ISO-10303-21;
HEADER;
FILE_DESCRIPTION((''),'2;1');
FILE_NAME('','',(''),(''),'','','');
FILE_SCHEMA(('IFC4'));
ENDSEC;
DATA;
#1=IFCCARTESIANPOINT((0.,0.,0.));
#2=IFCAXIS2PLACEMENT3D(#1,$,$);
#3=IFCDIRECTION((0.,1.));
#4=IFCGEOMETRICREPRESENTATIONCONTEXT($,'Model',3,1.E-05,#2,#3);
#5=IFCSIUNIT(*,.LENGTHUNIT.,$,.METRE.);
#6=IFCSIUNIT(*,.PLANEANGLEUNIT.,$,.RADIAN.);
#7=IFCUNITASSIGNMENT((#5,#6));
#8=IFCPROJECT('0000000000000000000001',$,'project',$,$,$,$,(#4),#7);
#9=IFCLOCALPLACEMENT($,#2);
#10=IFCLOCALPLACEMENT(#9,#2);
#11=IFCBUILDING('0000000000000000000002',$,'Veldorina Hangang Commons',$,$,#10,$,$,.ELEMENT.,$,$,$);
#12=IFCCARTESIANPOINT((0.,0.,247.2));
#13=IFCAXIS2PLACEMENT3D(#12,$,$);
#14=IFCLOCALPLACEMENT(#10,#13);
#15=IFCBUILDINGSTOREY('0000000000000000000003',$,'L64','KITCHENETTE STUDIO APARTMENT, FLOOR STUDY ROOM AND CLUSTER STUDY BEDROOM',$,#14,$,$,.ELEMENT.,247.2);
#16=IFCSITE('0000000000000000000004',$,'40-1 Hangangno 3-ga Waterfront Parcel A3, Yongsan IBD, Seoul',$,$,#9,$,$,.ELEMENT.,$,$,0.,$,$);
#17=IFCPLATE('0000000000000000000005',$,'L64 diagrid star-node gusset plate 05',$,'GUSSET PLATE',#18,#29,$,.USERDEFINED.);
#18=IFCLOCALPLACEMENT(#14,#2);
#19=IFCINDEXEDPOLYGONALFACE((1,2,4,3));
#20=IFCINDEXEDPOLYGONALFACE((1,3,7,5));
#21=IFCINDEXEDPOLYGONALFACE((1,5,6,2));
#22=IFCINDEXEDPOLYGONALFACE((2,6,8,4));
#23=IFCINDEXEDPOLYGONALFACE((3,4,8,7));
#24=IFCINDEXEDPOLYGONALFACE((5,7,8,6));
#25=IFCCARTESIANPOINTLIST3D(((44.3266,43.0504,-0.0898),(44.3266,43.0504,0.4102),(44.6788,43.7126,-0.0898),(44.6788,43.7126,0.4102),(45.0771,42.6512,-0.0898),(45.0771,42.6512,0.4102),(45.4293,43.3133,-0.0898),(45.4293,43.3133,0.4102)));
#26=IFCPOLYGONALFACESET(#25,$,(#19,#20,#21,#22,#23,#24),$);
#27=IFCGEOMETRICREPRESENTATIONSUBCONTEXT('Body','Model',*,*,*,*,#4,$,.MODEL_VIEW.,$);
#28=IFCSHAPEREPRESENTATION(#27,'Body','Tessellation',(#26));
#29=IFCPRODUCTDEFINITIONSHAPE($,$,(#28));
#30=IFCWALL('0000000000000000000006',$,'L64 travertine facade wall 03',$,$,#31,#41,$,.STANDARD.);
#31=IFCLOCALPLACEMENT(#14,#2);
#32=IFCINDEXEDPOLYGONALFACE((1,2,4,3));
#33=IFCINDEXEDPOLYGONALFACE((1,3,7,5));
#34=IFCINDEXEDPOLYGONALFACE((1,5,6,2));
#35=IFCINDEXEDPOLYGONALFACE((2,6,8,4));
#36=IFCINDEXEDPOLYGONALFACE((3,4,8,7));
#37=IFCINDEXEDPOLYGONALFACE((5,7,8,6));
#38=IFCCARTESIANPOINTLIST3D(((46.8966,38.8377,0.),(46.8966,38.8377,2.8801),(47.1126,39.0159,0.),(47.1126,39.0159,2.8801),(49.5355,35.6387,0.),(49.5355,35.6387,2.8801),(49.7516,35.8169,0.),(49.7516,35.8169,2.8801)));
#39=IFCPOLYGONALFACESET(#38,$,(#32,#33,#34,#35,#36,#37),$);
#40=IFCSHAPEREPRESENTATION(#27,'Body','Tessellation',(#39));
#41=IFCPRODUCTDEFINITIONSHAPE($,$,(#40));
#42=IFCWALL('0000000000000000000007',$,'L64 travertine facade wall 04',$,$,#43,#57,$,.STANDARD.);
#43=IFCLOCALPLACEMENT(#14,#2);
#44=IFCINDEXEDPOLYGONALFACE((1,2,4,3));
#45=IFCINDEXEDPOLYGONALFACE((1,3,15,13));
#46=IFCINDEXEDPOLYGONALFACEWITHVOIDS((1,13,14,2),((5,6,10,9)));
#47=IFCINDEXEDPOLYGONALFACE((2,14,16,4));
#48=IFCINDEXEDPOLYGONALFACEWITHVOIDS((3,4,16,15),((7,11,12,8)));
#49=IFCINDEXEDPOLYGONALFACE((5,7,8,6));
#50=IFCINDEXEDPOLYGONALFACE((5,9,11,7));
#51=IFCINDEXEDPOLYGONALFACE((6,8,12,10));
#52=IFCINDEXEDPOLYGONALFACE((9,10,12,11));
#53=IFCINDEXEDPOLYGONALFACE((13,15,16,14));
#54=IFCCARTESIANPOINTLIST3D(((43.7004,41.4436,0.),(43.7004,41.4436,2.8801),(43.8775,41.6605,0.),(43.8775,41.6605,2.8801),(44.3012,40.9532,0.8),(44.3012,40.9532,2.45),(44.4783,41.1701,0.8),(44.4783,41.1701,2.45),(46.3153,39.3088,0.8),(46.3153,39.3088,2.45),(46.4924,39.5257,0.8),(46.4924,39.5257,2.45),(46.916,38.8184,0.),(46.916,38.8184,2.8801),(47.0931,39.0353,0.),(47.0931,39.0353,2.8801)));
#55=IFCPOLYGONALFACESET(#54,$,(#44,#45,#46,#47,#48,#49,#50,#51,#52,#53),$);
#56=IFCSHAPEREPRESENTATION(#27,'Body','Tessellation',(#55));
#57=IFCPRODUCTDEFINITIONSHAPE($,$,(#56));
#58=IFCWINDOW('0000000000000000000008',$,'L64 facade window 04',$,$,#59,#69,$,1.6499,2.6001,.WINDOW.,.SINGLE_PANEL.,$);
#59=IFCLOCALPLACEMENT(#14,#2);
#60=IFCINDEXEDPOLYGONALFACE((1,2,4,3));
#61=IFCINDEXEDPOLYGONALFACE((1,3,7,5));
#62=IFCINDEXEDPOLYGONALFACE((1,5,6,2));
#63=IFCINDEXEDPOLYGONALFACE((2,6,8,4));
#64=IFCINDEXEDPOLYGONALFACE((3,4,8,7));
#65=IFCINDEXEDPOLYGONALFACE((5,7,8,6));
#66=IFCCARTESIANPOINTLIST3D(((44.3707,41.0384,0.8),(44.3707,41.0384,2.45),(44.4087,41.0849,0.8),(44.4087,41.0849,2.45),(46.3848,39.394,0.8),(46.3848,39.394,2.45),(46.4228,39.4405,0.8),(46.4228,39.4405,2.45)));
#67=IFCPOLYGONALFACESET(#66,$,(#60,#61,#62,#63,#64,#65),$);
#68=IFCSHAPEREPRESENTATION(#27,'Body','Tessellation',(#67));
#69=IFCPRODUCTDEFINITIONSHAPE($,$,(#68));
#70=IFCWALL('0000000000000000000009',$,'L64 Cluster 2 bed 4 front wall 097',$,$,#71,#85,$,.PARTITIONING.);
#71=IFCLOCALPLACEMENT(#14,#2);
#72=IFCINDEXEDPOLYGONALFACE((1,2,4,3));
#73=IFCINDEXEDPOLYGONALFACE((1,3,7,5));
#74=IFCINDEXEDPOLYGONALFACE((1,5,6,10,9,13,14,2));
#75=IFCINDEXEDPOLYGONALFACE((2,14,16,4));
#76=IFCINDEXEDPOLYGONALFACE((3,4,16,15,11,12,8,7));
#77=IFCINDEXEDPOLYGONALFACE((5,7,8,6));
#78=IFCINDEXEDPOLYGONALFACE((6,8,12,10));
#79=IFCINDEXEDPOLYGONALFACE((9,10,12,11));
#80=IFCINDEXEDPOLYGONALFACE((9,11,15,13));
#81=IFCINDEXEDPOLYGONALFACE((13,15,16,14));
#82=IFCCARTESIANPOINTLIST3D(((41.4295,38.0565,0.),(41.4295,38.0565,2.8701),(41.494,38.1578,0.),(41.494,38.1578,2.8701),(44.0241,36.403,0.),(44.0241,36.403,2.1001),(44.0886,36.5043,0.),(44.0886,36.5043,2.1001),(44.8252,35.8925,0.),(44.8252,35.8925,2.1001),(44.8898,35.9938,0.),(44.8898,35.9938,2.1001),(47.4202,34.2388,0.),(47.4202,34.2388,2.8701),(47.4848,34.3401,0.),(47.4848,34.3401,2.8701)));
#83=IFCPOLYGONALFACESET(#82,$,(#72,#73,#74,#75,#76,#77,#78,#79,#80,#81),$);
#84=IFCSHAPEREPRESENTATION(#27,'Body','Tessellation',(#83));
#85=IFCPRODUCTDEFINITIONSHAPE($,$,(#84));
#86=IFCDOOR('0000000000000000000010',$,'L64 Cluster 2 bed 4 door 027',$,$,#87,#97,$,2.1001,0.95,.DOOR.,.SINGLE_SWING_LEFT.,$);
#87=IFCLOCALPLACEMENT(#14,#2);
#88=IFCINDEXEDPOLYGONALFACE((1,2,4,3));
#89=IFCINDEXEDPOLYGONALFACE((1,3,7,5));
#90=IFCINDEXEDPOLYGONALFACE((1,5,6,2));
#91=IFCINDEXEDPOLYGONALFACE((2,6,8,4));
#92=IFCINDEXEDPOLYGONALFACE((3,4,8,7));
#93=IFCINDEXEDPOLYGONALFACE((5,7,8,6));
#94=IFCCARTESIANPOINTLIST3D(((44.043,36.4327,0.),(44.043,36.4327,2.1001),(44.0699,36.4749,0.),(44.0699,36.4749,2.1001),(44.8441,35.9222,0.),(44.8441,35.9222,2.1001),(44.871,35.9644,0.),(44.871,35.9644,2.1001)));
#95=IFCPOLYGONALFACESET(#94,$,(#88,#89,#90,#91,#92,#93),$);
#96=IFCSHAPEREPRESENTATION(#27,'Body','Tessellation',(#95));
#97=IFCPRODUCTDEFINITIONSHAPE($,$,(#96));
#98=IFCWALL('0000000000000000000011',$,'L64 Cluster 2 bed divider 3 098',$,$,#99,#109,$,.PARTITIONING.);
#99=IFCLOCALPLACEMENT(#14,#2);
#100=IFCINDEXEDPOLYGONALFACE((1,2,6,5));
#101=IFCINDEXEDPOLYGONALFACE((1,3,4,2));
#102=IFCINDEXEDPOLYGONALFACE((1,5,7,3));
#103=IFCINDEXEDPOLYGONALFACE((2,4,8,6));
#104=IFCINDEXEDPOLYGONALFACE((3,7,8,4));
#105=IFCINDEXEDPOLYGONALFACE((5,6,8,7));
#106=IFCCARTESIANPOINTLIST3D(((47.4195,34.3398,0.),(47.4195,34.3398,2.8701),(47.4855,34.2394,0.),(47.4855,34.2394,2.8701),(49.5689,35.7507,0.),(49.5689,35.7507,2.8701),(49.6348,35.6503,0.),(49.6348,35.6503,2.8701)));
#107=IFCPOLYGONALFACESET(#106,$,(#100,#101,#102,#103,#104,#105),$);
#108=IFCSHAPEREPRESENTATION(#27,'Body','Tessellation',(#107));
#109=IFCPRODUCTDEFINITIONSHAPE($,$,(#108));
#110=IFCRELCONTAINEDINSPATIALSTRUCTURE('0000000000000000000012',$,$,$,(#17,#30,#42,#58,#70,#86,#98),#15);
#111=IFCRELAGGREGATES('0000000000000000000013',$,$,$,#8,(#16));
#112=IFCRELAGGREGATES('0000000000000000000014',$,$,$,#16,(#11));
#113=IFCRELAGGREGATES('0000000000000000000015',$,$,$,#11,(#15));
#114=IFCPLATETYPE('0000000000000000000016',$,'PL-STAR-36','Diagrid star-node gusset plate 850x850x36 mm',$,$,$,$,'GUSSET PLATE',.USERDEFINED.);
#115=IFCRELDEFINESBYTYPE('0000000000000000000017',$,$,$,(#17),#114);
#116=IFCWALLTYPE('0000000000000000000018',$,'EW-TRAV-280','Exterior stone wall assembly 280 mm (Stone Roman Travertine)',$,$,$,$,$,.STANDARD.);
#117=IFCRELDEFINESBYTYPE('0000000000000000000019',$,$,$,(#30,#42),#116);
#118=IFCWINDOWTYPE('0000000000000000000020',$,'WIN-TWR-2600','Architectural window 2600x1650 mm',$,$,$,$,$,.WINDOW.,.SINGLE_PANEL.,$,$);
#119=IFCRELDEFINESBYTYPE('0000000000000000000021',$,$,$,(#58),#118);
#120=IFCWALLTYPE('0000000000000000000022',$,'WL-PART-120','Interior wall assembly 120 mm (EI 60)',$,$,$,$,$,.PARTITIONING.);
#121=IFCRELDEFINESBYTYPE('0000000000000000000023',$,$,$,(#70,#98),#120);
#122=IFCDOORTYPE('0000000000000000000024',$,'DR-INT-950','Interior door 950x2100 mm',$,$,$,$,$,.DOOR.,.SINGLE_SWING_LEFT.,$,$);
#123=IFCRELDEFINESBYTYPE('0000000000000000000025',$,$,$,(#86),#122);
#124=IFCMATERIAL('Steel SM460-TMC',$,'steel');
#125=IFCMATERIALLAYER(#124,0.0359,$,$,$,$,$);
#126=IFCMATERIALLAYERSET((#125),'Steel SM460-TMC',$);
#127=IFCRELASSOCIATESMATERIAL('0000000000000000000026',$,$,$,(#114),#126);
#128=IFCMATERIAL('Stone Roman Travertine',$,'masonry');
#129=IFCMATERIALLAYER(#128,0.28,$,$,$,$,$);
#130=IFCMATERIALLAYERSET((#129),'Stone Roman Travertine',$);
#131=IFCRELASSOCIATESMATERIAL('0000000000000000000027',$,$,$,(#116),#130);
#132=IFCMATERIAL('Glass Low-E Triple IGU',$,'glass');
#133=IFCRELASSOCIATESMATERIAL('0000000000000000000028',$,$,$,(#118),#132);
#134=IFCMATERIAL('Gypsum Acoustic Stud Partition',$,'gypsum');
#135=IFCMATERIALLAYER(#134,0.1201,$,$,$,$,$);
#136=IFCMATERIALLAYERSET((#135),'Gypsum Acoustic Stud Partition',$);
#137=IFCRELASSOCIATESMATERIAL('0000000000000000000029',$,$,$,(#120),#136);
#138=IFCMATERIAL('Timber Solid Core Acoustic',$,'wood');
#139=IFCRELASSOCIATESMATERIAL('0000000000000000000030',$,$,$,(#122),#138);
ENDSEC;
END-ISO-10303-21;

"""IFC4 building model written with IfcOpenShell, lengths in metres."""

from ifc_helpers import new_model, si_unit, direction, frame, frame_2d, origin, origin_2d, place, context, subcontext, project, spatial, rectangle, extrude, material, layer, layer_set, type_object, element, fill, save


model = new_model("IFC4")

# Units and contexts
model_context = context("Model", 3, precision=1e-05, world=origin(), true_north=direction((0.0, 1.0)))
body_context = subcontext(model_context, "Body", "Model", "MODEL_VIEW")
ifc_project = project(units=[si_unit("LENGTHUNIT", "METRE"), si_unit("PLANEANGLEUNIT", "RADIAN")], contexts=[model_context])

# Site, building, storey
site_placement = place(None, origin())
site = spatial("IfcSite", under=ifc_project, at=site_placement, Name="40-1 Hangangno 3-ga Waterfront Parcel A3, Yongsan IBD, Seoul", CompositionType="ELEMENT", RefElevation=0.0)
building_placement = place(site_placement, origin())
building = spatial("IfcBuilding", under=site, at=building_placement, Name="Veldorina Hangang Commons", CompositionType="ELEMENT")
storey_placement = place(building_placement, frame((0.0, 0.0, 247.2)))
storey = spatial("IfcBuildingStorey", under=building, at=storey_placement, Name="L64", Description="KITCHENETTE STUDIO APARTMENT, FLOOR STUDY ROOM AND CLUSTER STUDY BEDROOM", CompositionType="ELEMENT", Elevation=247.2)

# Plate
ifc_material_1 = material(Name="Steel SM460-TMC", Category="steel")
ifc_layer_1 = layer(ifc_material_1, 0.0359)
ifc_layer_set_1 = layer_set([ifc_layer_1], Name="Steel SM460-TMC")
plate_type = type_object("IfcPlateType", Name="PL-STAR-36", Description="Diagrid star-node gusset plate 850x850x36 mm", ElementType="GUSSET PLATE", PredefinedType="USERDEFINED", material=ifc_layer_set_1)
plate_1_placement = place(storey_placement, frame((44.8779, 43.1819, -0.0898), z_axis=(0.0, 0.0, 1.0), x_axis=(-0.882857, 0.469641, 0.0)))
element("IfcPlate", 1, at=plate_1_placement, inside=storey, type_object=plate_type, Name="L64 diagrid star-node gusset plate 05", ObjectType="GUSSET PLATE", PredefinedType="USERDEFINED", context=body_context, shape_type="SweptSolid", body=[
    extrude(rectangle(XDim=0.8501, YDim=0.75, at=origin_2d()), origin(), (0.0, 0.0, 1.0), 0.5),
])

# Wall
ifc_material_2 = material(Name="Stone Roman Travertine", Category="masonry")
ifc_layer_2 = layer(ifc_material_2, 0.28)
ifc_layer_set_2 = layer_set([ifc_layer_2], Name="Stone Roman Travertine")
wall_type_1 = type_object("IfcWallType", Name="EW-TRAV-280", Description="Exterior stone wall assembly 280 mm (Stone Roman Travertine)", PredefinedType="STANDARD", material=ifc_layer_set_2)
wall_1_placement = place(storey_placement, frame((49.6436, 35.7278, 0.0), z_axis=(0.0, 0.0, 1.0), x_axis=(-0.636349, 0.771401, 0.0)))
element("IfcWall", 2, at=wall_1_placement, inside=storey, type_object=wall_type_1, Name="L64 travertine facade wall 03", PredefinedType="STANDARD", context=body_context, shape_type="SweptSolid", body=[
    extrude(rectangle(XDim=4.147, YDim=0.28, at=frame_2d((2.0735, 0.0))), origin(), (0.0, 0.0, 1.0), 2.8801),
])

# Wall, opening, window
wall_2_placement = place(storey_placement, frame((47.0046, 38.9268, 0.0), z_axis=(0.0, 0.0, 1.0), x_axis=(-0.774628, 0.632418, 0.0)))
wall_2 = element("IfcWall", 3, at=wall_2_placement, inside=storey, type_object=wall_type_1, Name="L64 travertine facade wall 04", PredefinedType="STANDARD", context=body_context, shape_type="SweptSolid", body=[
    extrude(rectangle(XDim=4.1511, YDim=0.28, at=frame_2d((2.0757, 0.0))), origin(), (0.0, 0.0, 1.0), 2.8801),
])
opening_1_placement = place(wall_2_placement, frame((0.7756, 0.0, 0.8)))
opening_1 = element("IfcOpeningElement", 4, at=opening_1_placement, cuts=wall_2, PredefinedType="OPENING", context=body_context, shape_type="SweptSolid", body=[
    extrude(rectangle(XDim=2.6001, YDim=1.6499, at=frame_2d((1.3, 0.825))), frame((0.0, 0.1499, 0.0), z_axis=(0.0, -1.0, 0.0), x_axis=(1.0, 0.0, 0.0)), (0.0, 0.0, 1.0), 0.3),
])
ifc_material_3 = material(Name="Glass Low-E Triple IGU", Category="glass")
window_type = type_object("IfcWindowType", Name="WIN-TWR-2600", Description="Architectural window 2600x1650 mm", PartitioningType="SINGLE_PANEL", PredefinedType="WINDOW", material=ifc_material_3)
window_placement = place(opening_1_placement, origin())
window = element("IfcWindow", 5, at=window_placement, inside=storey, type_object=window_type, Name="L64 facade window 04", OverallHeight=1.6499, OverallWidth=2.6001, PartitioningType="SINGLE_PANEL", PredefinedType="WINDOW", context=body_context, shape_type="SweptSolid", body=[
    extrude(rectangle(XDim=2.6001, YDim=1.6499, at=frame_2d((1.3, 0.825))), frame((0.0, 0.03, 0.0), z_axis=(0.0, -1.0, 0.0), x_axis=(1.0, 0.0, 0.0)), (0.0, 0.0, 1.0), 0.0601),
])
fill(opening_1, window)

# Wall, opening, door
ifc_material_4 = material(Name="Gypsum Acoustic Stud Partition", Category="gypsum")
ifc_layer_3 = layer(ifc_material_4, 0.1201)
ifc_layer_set_3 = layer_set([ifc_layer_3], Name="Gypsum Acoustic Stud Partition")
wall_type_2 = type_object("IfcWallType", Name="WL-PART-120", Description="Interior wall assembly 120 mm (EI 60)", PredefinedType="PARTITIONING", material=ifc_layer_set_3)
wall_3_placement = place(storey_placement, frame((47.4524, 34.2896, 0.0), z_axis=(0.0, 0.0, 1.0), x_axis=(-0.84332, 0.537411, 0.0)))
wall_3 = element("IfcWall", 6, at=wall_3_placement, inside=storey, type_object=wall_type_2, Name="L64 Cluster 2 bed 4 front wall 097", PredefinedType="PARTITIONING", context=body_context, shape_type="SweptSolid", body=[
    extrude(rectangle(XDim=7.1038, YDim=0.1201, at=frame_2d((3.5518, 0.0))), origin(), (0.0, 0.0, 1.0), 2.8701),
])
opening_2_placement = place(wall_3_placement, frame((3.0769, 0.0, 0.0)))
opening_2 = element("IfcOpeningElement", 7, at=opening_2_placement, cuts=wall_3, PredefinedType="OPENING", context=body_context, shape_type="SweptSolid", body=[
    extrude(rectangle(XDim=0.95, YDim=2.1001, at=frame_2d((0.4751, 1.05))), frame((0.0, 0.0701, 0.0), z_axis=(0.0, -1.0, 0.0), x_axis=(1.0, 0.0, 0.0)), (0.0, 0.0, 1.0), 0.1401),
])
ifc_material_5 = material(Name="Timber Solid Core Acoustic", Category="wood")
door_type = type_object("IfcDoorType", Name="DR-INT-950", Description="Interior door 950x2100 mm", OperationType="SINGLE_SWING_LEFT", PredefinedType="DOOR", material=ifc_material_5)
door_placement = place(opening_2_placement, origin())
door = element("IfcDoor", 8, at=door_placement, inside=storey, type_object=door_type, Name="L64 Cluster 2 bed 4 door 027", OperationType="SINGLE_SWING_LEFT", OverallHeight=2.1001, OverallWidth=0.95, PredefinedType="DOOR", context=body_context, shape_type="SweptSolid", body=[
    extrude(rectangle(XDim=0.95, YDim=2.1001, at=frame_2d((0.4751, 1.05))), frame((0.0, 0.0249, 0.0), z_axis=(0.0, -1.0, 0.0), x_axis=(1.0, 0.0, 0.0)), (0.0, 0.0, 1.0), 0.05),
])
fill(opening_2, door)

# Wall
wall_4_placement = place(storey_placement, frame((47.4524, 34.2896, 0.0), z_axis=(0.0, 0.0, 1.0), x_axis=(0.835988, 0.548748, 0.0)))
element("IfcWall", 9, at=wall_4_placement, inside=storey, type_object=wall_type_2, Name="L64 Cluster 2 bed divider 3 098", PredefinedType="PARTITIONING", context=body_context, shape_type="SweptSolid", body=[
    extrude(rectangle(XDim=2.571, YDim=0.1201, at=frame_2d((1.2856, 0.0))), origin(), (0.0, 0.0, 1.0), 2.8701),
])

save(model, "model.ifc")
